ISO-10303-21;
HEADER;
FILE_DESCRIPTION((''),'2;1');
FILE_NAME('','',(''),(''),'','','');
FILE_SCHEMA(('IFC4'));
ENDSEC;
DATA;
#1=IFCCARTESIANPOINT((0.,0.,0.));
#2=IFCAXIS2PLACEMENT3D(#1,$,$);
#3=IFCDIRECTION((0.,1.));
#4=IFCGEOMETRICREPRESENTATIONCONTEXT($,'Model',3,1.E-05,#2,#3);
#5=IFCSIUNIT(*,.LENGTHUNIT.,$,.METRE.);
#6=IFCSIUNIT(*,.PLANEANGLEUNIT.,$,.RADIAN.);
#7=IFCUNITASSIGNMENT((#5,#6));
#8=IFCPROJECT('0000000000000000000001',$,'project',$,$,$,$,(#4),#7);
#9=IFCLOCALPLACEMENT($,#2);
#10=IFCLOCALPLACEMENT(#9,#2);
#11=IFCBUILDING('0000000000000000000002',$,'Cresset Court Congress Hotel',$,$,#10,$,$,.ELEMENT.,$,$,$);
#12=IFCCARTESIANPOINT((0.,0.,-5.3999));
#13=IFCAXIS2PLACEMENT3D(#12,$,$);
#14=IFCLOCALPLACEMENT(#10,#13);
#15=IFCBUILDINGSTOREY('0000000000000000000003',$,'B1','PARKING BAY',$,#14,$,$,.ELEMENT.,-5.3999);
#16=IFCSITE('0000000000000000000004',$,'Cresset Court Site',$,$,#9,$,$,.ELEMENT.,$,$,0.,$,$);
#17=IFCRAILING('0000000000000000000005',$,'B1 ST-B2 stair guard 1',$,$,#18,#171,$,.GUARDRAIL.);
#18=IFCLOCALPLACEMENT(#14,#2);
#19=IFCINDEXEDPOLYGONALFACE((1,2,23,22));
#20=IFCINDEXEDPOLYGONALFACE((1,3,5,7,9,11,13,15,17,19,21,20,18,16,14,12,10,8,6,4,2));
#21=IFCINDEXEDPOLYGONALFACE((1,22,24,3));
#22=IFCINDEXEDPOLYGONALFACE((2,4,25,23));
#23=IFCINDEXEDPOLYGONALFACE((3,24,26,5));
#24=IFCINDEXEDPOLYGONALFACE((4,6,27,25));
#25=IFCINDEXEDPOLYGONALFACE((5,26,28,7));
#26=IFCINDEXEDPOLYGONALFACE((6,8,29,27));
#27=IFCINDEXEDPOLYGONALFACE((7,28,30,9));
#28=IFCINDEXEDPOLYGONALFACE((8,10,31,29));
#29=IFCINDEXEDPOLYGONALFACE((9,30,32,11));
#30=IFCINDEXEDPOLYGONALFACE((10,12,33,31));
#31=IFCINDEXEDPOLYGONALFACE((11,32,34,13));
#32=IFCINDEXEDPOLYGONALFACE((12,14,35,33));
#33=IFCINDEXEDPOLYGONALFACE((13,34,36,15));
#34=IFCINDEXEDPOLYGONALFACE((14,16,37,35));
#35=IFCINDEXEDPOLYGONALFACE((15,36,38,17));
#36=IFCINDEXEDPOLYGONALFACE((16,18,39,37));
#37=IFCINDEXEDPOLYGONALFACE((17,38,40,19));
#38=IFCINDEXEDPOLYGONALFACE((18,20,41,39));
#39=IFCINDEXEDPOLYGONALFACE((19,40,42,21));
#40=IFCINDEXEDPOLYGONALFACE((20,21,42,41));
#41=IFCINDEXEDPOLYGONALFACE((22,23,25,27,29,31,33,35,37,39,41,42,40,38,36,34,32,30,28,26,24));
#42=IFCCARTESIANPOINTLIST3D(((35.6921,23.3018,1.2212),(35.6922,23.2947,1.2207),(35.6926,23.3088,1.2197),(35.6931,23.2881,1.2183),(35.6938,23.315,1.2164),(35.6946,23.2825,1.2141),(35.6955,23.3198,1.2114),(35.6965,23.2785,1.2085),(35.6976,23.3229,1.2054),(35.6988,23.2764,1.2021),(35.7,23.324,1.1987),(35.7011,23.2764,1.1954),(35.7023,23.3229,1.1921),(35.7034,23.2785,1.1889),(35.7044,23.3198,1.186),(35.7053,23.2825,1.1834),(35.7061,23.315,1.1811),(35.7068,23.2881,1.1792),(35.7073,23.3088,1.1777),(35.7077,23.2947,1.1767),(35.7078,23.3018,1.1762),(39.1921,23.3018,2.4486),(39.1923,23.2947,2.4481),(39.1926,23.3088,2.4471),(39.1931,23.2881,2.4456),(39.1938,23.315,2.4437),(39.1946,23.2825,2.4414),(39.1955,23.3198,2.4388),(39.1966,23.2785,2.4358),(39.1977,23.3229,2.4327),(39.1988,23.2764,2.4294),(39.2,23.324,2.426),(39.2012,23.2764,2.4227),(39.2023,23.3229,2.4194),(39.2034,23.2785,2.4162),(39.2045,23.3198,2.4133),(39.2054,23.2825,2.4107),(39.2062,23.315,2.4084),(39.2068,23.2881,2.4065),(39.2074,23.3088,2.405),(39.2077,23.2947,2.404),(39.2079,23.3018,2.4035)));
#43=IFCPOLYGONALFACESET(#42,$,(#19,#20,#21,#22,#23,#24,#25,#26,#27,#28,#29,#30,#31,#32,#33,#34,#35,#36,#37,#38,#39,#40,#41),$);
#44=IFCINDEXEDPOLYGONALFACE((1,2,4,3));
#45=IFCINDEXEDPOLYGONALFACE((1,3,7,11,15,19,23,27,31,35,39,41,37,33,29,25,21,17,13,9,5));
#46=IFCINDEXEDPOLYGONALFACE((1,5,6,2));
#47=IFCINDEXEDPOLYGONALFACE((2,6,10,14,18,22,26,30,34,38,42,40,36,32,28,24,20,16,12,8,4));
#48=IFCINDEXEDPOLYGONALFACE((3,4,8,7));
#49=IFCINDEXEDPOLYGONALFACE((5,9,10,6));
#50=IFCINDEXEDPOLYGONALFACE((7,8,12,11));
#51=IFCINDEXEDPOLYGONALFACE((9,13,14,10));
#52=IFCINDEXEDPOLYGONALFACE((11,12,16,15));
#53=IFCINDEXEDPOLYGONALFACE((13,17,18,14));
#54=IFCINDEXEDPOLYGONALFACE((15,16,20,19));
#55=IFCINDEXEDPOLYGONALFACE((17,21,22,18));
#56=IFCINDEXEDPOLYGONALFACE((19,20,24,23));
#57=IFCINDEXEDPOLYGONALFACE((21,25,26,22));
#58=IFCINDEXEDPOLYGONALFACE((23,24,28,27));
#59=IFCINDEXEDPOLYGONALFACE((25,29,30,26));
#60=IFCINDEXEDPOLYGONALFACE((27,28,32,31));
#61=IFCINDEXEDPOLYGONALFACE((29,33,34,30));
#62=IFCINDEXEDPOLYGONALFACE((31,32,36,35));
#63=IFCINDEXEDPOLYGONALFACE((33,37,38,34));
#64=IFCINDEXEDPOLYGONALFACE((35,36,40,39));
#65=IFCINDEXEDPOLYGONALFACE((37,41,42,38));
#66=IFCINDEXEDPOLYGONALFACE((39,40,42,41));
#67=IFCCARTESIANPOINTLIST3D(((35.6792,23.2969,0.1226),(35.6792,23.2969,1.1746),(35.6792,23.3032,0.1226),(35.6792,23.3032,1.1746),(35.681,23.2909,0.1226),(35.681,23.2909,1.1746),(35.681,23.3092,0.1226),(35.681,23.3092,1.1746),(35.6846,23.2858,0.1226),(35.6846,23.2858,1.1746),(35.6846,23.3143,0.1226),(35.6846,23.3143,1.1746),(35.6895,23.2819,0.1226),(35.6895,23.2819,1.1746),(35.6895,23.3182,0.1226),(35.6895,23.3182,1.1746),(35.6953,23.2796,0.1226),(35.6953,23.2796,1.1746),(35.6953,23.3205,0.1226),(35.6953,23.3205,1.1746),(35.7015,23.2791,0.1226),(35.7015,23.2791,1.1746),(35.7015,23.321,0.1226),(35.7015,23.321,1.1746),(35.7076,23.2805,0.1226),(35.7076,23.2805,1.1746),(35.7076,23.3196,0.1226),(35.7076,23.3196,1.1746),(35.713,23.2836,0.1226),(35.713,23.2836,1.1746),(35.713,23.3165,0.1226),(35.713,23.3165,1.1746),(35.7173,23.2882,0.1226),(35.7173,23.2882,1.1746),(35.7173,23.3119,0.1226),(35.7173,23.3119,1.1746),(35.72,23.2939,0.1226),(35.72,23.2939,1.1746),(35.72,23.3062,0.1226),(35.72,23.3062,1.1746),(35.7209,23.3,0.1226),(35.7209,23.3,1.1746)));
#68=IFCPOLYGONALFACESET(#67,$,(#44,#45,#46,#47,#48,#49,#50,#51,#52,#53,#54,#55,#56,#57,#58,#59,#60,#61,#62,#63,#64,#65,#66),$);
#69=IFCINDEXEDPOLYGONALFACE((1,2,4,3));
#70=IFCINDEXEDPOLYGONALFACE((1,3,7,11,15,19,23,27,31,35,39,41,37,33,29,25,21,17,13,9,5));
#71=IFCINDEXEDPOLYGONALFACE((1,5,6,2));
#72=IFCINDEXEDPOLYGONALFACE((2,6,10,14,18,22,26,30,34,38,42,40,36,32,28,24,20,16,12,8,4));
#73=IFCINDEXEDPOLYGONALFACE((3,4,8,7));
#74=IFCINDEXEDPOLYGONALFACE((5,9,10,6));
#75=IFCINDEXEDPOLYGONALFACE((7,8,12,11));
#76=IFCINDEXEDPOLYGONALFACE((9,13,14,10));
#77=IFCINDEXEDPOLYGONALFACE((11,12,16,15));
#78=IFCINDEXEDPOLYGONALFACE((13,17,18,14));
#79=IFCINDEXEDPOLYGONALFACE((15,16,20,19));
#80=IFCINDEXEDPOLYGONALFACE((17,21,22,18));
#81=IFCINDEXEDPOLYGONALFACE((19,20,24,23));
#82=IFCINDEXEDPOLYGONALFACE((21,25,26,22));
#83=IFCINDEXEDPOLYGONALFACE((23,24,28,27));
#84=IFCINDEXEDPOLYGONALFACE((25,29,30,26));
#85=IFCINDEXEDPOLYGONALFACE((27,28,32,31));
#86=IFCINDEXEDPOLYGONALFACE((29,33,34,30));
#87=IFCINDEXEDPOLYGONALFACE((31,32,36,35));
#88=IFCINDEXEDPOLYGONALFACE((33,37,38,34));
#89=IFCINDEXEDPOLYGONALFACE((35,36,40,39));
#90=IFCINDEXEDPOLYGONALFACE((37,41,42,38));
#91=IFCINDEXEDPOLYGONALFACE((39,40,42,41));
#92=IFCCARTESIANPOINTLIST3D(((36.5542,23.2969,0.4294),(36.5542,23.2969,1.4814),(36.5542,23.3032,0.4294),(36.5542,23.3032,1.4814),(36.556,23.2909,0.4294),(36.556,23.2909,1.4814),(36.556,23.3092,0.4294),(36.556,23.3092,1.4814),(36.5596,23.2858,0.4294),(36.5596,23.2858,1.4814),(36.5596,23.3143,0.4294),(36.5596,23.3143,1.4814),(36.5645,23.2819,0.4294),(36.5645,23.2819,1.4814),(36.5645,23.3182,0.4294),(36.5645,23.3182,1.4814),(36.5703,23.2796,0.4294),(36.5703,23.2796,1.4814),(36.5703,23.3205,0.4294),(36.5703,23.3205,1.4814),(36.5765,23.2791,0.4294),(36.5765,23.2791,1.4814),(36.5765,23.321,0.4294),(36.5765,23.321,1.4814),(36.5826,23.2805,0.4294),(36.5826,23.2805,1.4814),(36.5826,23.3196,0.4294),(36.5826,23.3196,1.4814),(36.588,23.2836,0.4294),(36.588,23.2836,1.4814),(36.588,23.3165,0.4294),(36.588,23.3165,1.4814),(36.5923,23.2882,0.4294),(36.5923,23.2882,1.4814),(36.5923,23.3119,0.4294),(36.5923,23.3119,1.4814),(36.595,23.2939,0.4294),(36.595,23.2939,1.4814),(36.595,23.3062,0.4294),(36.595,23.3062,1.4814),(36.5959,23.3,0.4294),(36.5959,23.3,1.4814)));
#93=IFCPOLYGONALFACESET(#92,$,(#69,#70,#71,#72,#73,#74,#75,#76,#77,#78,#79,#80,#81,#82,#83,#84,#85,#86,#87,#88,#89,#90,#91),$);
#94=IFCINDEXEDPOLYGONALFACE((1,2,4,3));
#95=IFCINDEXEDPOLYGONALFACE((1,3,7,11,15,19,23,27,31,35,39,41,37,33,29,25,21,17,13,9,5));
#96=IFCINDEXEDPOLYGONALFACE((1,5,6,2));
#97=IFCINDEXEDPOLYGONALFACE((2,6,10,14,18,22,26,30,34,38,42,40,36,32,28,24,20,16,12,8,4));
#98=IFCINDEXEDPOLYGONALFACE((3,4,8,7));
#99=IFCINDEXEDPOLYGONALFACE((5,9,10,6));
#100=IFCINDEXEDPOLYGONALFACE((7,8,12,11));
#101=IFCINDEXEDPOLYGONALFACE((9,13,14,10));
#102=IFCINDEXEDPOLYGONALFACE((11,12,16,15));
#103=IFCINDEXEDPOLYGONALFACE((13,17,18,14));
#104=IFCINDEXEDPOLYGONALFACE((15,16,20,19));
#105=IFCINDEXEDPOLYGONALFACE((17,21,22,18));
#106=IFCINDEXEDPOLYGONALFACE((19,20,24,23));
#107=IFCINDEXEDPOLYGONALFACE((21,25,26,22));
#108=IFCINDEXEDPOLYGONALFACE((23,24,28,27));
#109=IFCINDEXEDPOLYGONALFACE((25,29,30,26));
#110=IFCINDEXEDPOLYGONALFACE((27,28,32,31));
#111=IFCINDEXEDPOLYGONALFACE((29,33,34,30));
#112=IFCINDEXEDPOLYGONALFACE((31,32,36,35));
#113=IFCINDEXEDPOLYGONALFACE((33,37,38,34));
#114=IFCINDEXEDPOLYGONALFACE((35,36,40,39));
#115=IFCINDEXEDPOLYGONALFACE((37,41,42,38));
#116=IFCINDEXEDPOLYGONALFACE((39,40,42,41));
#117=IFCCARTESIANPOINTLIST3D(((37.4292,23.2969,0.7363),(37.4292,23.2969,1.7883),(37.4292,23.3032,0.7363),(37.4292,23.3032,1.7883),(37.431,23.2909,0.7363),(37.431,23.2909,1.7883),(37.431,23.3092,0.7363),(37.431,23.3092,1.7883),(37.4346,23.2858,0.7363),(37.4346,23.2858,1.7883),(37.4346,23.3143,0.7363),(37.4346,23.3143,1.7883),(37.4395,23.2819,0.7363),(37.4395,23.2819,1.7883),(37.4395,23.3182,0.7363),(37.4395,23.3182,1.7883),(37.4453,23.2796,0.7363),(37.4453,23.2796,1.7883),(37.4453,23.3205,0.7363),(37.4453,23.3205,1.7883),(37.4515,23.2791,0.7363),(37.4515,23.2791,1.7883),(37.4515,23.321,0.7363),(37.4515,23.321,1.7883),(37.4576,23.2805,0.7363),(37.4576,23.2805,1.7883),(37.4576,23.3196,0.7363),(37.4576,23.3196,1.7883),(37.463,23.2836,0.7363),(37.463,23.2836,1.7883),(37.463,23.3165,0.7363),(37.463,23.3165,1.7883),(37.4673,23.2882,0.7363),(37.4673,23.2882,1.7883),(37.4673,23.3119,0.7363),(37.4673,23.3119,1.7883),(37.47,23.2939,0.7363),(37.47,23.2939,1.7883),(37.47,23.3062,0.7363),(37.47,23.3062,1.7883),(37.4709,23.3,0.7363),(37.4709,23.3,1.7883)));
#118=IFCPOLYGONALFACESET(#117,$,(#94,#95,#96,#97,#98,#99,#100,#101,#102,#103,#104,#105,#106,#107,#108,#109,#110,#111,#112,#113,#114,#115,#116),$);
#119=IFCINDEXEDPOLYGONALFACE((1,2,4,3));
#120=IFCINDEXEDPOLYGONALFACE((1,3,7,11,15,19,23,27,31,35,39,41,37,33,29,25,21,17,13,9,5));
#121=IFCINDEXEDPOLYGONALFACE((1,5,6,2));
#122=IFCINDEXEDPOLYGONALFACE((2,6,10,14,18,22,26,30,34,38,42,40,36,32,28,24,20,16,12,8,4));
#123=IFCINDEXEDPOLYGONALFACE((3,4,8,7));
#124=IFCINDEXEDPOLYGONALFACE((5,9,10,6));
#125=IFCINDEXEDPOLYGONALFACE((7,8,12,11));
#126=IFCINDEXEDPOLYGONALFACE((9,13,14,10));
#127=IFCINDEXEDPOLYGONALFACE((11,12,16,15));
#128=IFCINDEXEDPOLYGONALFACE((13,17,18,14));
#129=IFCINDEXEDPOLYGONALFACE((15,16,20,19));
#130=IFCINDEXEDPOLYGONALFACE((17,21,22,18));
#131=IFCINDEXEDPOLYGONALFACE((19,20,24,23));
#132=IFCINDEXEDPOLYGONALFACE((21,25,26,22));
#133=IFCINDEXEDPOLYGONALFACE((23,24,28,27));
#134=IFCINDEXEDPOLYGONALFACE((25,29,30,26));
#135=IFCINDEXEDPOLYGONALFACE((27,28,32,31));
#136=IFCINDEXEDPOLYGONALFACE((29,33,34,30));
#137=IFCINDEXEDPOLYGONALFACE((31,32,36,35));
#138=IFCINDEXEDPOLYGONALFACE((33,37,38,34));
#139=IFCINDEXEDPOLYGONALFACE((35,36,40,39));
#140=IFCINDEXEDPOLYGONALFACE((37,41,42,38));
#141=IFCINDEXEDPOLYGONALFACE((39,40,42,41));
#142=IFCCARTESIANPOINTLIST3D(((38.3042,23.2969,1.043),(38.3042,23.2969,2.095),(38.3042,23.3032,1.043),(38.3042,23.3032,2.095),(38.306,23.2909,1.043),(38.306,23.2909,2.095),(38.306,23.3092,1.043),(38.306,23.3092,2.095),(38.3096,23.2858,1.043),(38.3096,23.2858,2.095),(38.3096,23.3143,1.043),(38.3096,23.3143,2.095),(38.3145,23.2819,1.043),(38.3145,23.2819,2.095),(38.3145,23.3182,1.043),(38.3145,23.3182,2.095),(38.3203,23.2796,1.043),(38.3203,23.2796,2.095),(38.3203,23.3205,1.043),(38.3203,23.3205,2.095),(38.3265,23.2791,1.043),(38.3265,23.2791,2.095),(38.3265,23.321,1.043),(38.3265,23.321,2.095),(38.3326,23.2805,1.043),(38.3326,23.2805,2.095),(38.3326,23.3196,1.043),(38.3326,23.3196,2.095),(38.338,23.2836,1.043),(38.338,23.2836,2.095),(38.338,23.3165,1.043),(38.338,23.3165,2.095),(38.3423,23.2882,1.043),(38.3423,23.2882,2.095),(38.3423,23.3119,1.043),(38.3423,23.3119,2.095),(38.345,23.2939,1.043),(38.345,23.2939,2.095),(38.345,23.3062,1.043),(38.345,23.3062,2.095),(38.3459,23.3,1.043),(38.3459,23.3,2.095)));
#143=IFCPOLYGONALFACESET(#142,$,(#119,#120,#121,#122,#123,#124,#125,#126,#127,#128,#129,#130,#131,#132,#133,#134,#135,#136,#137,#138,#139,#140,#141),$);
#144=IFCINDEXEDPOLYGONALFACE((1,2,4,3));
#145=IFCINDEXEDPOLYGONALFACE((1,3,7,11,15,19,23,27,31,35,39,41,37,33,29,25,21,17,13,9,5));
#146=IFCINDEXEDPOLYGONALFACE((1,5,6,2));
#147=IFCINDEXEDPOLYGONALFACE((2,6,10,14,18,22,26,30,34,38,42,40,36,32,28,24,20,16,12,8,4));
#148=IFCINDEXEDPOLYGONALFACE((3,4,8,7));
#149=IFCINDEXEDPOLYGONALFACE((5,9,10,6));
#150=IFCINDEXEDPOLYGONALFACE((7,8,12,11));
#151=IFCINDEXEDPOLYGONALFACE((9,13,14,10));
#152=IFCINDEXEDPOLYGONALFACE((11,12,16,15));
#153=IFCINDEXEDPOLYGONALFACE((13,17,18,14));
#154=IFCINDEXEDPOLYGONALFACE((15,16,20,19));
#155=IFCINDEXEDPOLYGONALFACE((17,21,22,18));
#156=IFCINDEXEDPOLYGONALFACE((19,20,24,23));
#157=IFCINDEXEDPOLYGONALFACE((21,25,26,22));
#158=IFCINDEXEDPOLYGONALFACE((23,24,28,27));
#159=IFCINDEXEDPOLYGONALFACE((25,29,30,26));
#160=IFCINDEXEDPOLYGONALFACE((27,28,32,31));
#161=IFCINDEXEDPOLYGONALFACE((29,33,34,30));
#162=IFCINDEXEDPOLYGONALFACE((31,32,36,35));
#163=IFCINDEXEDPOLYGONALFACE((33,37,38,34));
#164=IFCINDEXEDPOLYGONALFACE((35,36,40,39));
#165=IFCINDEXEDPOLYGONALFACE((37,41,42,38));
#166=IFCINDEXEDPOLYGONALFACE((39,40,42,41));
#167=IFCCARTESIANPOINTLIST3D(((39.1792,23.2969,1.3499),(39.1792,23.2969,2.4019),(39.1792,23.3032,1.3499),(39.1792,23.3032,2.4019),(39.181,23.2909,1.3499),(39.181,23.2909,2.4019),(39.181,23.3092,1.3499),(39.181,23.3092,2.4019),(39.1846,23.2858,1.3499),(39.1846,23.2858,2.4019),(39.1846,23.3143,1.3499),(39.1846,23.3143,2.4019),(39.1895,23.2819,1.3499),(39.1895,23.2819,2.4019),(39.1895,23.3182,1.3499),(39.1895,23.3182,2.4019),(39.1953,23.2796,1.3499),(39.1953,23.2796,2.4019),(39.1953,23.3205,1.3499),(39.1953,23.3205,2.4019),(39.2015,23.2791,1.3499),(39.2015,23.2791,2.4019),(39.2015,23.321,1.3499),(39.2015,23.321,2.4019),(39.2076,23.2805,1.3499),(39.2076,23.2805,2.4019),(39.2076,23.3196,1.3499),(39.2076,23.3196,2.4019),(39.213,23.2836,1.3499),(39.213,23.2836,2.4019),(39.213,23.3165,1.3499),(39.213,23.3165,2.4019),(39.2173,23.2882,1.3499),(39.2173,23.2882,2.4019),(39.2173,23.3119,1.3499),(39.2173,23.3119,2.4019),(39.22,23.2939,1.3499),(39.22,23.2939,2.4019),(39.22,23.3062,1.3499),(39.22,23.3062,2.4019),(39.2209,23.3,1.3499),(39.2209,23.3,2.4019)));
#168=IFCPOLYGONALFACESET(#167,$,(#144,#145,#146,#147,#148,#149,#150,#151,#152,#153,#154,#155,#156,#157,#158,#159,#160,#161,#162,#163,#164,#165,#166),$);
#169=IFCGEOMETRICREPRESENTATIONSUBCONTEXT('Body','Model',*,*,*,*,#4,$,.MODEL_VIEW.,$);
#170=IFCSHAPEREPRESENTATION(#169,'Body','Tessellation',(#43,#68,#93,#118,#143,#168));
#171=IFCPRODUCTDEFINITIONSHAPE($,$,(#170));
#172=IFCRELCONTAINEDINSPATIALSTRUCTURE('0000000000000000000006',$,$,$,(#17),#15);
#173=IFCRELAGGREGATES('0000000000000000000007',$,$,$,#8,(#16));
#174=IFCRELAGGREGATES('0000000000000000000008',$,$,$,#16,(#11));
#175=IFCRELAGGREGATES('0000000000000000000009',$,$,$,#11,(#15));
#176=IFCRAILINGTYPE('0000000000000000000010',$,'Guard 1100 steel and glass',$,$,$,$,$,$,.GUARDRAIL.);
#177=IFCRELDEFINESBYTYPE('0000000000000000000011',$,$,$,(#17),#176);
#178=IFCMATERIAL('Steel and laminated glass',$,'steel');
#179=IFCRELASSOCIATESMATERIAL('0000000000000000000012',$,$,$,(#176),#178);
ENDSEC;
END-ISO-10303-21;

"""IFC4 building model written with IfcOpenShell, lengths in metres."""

from ifc_helpers import new_model, si_unit, direction, frame, origin, origin_2d, place, context, subcontext, project, spatial, circle, extrude, material, type_object, element, save


model = new_model("IFC4")

# Units and contexts
model_context = context("Model", 3, precision=1e-05, world=origin(), true_north=direction((0.0, 1.0)))
body_context = subcontext(model_context, "Body", "Model", "MODEL_VIEW")
ifc_project = project(units=[si_unit("LENGTHUNIT", "METRE"), si_unit("PLANEANGLEUNIT", "RADIAN")], contexts=[model_context])

# Site, building, storey
site_placement = place(None, origin())
site = spatial("IfcSite", under=ifc_project, at=site_placement, Name="Cresset Court Site", CompositionType="ELEMENT", RefElevation=0.0)
building_placement = place(site_placement, origin())
building = spatial("IfcBuilding", under=site, at=building_placement, Name="Cresset Court Congress Hotel", CompositionType="ELEMENT")
storey_placement = place(building_placement, frame((0.0, 0.0, -5.3999)))
storey = spatial("IfcBuildingStorey", under=building, at=storey_placement, Name="B1", Description="PARKING BAY", CompositionType="ELEMENT", Elevation=-5.3999)

# Railing
ifc_material_1 = material(Name="Steel and laminated glass", Category="steel")
railing_type_1 = type_object("IfcRailingType", Name="Guard 1100 steel and glass", PredefinedType="GUARDRAIL", material=ifc_material_1)
railing_1_placement = place(storey_placement, frame((35.7, 23.3, 0.1226)))
element("IfcRailing", 1, at=railing_1_placement, inside=storey, type_object=railing_type_1, Name="B1 ST-B2 stair guard 1", PredefinedType="GUARDRAIL", context=body_context, shape_type="SweptSolid", body=[
    extrude(circle(Radius=0.0239, at=origin_2d()), frame((0.0, 0.0, 1.0762), z_axis=(0.943665, 0.0, 0.330902), x_axis=(0.0, 1.0, 0.0)), (0.0, 0.0, 1.0), 3.709),
    extrude(circle(Radius=0.021, at=origin_2d()), origin(), (0.0, 0.0, 1.0), 1.052),
    extrude(circle(Radius=0.021, at=origin_2d()), frame((0.875, 0.0, 0.3069)), (0.0, 0.0, 1.0), 1.052),
    extrude(circle(Radius=0.021, at=origin_2d()), frame((1.75, 0.0, 0.6138)), (0.0, 0.0, 1.0), 1.052),
    extrude(circle(Radius=0.021, at=origin_2d()), frame((2.625, 0.0, 0.9204)), (0.0, 0.0, 1.0), 1.052),
    extrude(circle(Radius=0.021, at=origin_2d()), frame((3.5, 0.0, 1.2273)), (0.0, 0.0, 1.0), 1.052),
])

save(model, "model.ifc")
